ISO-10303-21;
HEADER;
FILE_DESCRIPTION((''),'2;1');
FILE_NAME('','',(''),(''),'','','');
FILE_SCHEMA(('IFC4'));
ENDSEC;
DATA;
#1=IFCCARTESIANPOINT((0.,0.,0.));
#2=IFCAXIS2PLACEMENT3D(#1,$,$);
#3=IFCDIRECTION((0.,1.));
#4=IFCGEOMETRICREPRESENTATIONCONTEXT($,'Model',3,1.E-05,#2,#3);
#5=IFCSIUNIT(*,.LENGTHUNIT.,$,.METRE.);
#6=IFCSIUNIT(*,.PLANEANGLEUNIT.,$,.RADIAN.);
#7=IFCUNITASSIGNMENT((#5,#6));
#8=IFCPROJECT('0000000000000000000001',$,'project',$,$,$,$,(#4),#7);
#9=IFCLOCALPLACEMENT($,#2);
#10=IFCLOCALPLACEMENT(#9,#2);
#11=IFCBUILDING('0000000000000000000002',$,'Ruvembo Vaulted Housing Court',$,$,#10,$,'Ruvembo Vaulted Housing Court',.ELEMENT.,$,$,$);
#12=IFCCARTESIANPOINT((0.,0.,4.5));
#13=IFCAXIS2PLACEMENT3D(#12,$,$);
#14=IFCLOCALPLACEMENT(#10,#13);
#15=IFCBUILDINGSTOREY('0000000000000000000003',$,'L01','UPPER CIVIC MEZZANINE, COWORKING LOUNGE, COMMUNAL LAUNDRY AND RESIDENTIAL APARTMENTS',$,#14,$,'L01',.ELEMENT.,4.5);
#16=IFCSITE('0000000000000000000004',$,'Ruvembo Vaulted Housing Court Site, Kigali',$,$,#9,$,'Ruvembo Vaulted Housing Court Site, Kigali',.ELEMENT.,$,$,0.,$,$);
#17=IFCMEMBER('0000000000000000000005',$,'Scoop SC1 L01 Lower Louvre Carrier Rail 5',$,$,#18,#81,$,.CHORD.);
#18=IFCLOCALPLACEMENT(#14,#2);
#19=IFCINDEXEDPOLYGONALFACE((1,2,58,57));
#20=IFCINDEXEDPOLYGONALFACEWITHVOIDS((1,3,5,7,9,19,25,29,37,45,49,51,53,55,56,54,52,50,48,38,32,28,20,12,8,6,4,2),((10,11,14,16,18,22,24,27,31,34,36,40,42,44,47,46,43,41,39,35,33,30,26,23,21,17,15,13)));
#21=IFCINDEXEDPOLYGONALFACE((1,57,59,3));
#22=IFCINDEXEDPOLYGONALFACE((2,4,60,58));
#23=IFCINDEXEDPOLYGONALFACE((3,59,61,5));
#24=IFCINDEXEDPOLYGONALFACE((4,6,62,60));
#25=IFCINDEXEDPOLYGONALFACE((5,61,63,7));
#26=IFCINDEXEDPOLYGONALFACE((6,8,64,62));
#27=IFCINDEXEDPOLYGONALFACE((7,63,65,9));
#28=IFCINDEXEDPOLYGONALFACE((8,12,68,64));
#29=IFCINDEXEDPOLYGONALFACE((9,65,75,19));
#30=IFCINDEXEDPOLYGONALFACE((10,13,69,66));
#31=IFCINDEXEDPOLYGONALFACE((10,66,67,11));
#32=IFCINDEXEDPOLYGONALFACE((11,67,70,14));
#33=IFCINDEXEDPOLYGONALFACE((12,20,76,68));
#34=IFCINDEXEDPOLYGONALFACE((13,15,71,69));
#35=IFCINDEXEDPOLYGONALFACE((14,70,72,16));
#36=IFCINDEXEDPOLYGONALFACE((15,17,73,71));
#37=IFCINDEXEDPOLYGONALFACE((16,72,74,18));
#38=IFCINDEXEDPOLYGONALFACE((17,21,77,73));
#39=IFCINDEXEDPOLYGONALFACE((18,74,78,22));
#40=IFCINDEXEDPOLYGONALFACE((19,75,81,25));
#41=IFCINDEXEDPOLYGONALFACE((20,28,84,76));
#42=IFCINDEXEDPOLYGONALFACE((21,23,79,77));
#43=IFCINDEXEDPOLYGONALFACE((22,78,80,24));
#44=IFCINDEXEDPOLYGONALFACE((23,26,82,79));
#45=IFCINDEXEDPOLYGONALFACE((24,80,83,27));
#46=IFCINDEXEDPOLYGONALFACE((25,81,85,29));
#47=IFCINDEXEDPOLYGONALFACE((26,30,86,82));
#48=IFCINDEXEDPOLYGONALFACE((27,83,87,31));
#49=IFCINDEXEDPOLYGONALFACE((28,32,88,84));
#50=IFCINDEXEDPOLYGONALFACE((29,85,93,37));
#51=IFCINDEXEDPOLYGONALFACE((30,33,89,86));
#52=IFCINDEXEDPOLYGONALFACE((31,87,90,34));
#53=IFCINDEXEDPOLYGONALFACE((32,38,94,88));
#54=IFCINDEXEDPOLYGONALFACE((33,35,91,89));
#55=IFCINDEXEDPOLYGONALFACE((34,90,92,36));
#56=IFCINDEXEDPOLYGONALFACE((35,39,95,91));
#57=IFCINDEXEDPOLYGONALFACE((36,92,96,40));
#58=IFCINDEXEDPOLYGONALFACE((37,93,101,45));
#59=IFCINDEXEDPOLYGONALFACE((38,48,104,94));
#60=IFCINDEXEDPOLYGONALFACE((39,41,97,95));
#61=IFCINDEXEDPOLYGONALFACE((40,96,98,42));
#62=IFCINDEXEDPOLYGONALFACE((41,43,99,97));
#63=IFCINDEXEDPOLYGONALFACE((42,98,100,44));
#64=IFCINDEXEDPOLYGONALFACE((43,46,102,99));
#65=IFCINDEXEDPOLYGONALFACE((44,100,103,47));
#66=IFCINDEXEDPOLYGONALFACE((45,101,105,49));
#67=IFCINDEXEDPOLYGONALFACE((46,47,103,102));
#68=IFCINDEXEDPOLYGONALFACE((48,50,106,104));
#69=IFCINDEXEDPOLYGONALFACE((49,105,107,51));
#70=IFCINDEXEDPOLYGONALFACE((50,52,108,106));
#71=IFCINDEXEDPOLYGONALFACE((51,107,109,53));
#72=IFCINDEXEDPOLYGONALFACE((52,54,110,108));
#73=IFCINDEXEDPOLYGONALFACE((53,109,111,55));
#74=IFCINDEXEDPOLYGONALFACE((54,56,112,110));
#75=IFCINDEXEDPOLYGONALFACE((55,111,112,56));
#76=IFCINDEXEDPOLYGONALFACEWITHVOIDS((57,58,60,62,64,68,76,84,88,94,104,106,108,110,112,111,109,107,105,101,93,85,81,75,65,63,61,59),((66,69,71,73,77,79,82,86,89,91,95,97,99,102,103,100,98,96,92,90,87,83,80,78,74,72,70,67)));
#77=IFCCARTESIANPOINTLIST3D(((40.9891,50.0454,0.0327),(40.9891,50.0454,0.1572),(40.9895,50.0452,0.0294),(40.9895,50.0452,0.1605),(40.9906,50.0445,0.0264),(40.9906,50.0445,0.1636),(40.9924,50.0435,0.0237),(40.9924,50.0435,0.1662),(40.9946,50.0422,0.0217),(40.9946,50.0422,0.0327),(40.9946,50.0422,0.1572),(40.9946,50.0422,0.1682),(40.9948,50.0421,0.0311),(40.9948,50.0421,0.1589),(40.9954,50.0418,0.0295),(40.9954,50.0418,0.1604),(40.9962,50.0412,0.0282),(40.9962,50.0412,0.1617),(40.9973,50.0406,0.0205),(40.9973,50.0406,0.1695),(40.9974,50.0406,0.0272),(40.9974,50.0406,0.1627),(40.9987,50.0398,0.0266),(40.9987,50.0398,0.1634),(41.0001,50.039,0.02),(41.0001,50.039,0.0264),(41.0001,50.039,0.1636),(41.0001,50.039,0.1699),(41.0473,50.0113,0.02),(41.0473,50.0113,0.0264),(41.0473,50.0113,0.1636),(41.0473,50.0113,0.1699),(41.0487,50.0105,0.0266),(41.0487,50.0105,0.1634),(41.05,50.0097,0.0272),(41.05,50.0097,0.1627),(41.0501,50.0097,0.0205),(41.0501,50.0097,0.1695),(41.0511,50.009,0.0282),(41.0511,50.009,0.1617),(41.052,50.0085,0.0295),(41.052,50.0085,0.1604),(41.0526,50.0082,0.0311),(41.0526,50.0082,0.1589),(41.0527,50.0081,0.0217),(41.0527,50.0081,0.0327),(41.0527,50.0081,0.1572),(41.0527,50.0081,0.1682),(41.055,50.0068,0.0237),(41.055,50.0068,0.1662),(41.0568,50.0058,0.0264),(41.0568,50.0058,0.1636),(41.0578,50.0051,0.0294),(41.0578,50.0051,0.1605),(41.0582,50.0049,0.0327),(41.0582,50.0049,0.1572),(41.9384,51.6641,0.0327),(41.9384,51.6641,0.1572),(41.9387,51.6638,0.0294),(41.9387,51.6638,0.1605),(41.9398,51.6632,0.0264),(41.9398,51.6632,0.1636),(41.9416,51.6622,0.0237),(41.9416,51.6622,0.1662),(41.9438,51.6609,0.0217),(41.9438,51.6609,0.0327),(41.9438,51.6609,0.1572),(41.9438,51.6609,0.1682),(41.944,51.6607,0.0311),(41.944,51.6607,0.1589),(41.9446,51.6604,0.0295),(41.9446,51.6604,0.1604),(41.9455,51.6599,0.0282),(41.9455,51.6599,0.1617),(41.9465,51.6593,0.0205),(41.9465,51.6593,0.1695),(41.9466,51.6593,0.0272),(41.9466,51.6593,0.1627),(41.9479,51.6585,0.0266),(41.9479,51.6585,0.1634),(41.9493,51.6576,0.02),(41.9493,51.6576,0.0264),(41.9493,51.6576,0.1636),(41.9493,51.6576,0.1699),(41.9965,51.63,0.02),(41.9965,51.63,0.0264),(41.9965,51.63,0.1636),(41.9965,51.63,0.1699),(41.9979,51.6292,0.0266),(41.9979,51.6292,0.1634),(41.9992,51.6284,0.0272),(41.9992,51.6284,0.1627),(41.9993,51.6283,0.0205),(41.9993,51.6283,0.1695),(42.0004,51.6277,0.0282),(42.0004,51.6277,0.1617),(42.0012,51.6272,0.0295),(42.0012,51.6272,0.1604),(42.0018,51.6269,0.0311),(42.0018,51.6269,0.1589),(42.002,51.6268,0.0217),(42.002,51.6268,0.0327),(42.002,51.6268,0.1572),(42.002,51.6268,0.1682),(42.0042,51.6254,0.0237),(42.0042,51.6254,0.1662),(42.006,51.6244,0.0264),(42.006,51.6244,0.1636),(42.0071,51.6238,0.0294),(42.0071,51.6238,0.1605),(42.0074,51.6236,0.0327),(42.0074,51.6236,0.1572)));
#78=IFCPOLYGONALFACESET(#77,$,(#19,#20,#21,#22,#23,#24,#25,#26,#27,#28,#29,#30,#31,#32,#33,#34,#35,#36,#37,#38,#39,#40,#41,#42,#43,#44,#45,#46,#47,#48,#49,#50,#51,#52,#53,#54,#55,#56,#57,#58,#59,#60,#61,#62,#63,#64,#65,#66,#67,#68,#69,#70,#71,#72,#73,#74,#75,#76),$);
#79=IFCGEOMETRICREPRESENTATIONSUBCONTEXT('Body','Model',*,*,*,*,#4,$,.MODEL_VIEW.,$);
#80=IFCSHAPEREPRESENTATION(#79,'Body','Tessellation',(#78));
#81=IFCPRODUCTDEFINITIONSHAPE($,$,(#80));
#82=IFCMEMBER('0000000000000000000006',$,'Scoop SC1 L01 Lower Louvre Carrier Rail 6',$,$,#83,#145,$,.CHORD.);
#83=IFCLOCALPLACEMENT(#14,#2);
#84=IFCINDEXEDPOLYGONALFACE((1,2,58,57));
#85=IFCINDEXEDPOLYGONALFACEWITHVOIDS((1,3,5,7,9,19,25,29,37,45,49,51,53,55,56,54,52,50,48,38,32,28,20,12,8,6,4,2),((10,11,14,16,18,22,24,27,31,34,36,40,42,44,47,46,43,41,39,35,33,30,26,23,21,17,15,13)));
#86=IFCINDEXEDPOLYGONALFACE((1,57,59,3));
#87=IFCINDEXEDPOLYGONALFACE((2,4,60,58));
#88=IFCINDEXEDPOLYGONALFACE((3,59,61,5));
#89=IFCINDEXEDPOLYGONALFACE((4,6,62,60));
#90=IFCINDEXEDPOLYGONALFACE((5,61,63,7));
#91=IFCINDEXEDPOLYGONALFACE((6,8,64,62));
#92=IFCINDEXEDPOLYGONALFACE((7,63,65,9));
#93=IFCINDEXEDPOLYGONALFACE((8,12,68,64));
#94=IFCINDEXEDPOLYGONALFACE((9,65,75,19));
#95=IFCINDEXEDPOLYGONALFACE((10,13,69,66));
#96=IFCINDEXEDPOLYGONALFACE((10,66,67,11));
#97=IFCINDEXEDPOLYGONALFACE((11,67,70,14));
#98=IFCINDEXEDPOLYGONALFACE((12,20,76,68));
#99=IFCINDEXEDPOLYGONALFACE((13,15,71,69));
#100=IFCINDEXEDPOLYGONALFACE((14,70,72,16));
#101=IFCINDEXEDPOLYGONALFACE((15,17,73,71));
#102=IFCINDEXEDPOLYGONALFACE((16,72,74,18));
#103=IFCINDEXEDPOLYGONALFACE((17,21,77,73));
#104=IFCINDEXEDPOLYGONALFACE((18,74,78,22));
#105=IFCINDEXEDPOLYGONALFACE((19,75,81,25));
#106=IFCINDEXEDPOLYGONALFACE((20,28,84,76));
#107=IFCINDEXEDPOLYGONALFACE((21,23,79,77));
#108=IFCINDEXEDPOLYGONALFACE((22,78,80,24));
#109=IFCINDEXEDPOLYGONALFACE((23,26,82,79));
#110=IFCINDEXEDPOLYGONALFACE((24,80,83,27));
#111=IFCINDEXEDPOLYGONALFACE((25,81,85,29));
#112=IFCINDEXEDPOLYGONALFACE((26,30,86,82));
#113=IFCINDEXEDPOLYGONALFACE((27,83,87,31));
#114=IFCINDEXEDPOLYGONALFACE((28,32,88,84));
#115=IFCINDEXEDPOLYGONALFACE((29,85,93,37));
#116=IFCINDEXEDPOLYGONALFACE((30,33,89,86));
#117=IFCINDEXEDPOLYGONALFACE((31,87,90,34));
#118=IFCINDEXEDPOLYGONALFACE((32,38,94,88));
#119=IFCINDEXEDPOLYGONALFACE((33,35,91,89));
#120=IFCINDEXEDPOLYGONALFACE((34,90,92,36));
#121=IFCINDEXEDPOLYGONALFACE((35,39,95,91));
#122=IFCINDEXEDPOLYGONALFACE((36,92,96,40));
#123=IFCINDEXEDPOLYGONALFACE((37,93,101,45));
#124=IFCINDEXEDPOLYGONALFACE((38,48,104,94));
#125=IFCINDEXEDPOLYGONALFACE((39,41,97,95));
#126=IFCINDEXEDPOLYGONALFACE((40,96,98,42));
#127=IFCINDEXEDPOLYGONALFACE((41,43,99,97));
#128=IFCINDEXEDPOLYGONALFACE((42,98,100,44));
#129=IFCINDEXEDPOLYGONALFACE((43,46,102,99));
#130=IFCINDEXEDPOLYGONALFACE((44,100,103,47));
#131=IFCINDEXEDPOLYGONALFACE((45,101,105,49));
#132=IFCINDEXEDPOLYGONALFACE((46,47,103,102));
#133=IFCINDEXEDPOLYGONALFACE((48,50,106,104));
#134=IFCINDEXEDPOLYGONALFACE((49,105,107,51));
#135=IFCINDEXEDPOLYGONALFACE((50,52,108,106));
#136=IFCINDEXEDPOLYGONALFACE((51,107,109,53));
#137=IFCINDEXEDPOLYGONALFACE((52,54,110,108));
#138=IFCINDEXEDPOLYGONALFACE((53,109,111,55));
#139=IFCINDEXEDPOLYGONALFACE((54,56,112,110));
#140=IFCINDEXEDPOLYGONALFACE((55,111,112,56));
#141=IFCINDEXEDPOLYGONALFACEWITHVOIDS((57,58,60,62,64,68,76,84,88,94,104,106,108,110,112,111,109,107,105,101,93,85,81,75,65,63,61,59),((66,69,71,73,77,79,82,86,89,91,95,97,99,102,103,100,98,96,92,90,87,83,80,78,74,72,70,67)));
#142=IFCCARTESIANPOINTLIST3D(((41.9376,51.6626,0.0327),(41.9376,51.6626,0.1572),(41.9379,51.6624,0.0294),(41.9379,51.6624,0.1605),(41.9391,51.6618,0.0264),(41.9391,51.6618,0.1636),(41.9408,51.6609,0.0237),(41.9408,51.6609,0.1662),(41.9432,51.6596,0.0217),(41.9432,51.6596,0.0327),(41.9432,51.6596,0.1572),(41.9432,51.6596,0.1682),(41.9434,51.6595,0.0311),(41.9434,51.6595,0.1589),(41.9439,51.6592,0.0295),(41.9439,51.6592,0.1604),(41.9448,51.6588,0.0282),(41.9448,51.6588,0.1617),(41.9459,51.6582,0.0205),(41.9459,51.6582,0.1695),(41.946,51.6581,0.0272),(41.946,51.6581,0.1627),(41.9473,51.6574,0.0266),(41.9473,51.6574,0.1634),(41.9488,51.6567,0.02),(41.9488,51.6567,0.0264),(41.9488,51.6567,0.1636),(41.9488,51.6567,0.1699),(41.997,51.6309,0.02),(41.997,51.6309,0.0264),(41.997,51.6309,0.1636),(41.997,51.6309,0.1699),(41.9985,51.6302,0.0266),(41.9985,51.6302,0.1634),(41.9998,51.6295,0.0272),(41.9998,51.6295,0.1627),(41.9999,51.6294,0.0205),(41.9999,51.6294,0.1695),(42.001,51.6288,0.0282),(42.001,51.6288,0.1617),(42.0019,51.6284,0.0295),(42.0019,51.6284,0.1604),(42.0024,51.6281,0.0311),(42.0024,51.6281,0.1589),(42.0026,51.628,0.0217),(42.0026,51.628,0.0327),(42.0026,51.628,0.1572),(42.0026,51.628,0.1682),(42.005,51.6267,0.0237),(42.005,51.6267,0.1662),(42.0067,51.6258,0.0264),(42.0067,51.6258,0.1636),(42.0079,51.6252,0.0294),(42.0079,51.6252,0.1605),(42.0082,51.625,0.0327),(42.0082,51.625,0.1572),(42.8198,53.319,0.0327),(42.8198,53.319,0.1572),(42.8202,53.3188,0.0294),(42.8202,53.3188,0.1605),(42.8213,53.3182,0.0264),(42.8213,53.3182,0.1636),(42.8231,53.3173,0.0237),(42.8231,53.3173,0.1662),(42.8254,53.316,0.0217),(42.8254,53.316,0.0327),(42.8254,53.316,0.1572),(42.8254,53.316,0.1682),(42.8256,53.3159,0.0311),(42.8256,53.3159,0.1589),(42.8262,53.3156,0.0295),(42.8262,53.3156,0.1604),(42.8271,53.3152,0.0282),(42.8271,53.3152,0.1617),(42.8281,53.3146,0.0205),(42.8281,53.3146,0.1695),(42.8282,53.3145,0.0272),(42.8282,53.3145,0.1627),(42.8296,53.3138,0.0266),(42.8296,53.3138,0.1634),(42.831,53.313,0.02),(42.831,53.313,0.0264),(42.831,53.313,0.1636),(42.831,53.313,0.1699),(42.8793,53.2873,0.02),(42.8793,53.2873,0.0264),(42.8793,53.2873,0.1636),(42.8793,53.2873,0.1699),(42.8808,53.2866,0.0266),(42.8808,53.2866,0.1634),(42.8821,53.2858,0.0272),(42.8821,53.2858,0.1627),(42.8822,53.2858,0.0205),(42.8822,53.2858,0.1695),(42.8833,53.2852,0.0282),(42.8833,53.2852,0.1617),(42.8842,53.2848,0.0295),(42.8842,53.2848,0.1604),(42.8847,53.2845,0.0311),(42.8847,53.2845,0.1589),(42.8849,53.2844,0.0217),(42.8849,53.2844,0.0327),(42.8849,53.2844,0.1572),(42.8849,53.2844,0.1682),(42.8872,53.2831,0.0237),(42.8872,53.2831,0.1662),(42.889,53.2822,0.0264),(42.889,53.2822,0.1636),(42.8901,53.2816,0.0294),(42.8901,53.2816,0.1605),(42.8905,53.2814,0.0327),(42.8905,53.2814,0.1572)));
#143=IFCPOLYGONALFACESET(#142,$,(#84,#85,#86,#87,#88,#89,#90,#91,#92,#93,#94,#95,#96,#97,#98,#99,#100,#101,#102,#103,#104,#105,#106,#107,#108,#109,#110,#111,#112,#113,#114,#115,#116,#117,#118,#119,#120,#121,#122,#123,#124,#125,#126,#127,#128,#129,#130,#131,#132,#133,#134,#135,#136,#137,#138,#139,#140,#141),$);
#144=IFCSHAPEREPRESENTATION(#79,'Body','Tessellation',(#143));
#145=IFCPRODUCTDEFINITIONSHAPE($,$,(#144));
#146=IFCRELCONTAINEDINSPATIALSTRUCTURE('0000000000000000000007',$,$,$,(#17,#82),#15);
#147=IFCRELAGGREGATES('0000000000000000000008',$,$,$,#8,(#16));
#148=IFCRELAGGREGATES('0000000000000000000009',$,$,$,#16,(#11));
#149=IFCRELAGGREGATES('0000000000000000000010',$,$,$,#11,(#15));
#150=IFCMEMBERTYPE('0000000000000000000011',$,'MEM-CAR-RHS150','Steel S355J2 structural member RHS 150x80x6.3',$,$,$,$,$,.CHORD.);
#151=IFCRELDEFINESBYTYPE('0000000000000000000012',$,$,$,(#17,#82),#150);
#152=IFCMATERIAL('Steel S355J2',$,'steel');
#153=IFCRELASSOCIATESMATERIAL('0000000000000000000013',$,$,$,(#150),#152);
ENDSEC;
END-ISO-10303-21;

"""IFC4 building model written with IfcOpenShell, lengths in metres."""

from ifc_helpers import new_model, si_unit, direction, frame, origin, origin_2d, place, context, subcontext, project, spatial, hollow_rectangle, extrude, material, material_profile, profile_set, type_object, element, save


model = new_model("IFC4")

# Units and contexts
model_context = context("Model", 3, precision=1e-05, world=origin(), true_north=direction((0.0, 1.0)))
body_context = subcontext(model_context, "Body", "Model", "MODEL_VIEW")
ifc_project = project(units=[si_unit("LENGTHUNIT", "METRE"), si_unit("PLANEANGLEUNIT", "RADIAN")], contexts=[model_context])

# Site, building, storey
site_placement = place(None, origin())
site = spatial("IfcSite", under=ifc_project, at=site_placement, Name="Ruvembo Vaulted Housing Court Site, Kigali", LongName="Ruvembo Vaulted Housing Court Site, Kigali", CompositionType="ELEMENT", RefElevation=0.0)
building_placement = place(site_placement, origin())
building = spatial("IfcBuilding", under=site, at=building_placement, Name="Ruvembo Vaulted Housing Court", LongName="Ruvembo Vaulted Housing Court", CompositionType="ELEMENT")
storey_placement = place(building_placement, frame((0.0, 0.0, 4.5)))
storey = spatial("IfcBuildingStorey", under=building, at=storey_placement, Name="L01", Description="UPPER CIVIC MEZZANINE, COWORKING LOUNGE, COMMUNAL LAUNDRY AND RESIDENTIAL APARTMENTS", LongName="L01", CompositionType="ELEMENT", Elevation=4.5)

# Shared definitions
ifc_material_1 = material(Name="Steel S355J2", Category="steel")

# Members
ifc_material_profile_1 = material_profile(ifc_material_1, hollow_rectangle(XDim=0.0801, YDim=0.1499, WallThickness=0.0063, InnerFilletRadius=0.0063, OuterFilletRadius=0.0127, at=origin_2d()), Name="RHS 150x80x6.3")
ifc_profile_set_1 = profile_set([ifc_material_profile_1], Name="Steel S355J2")
member_type_1 = type_object("IfcMemberType", Name="MEM-CAR-RHS150", Description="Steel S355J2 structural member RHS 150x80x6.3", PredefinedType="CHORD", material=ifc_profile_set_1)
member_1_placement = place(storey_placement, frame((41.0237, 50.0251, 0.095), z_axis=(0.50586, 0.862616, 0.0), x_axis=(-0.862616, 0.50586, 0.0)))
element("IfcMember", 1, at=member_1_placement, inside=storey, type_object=member_type_1, Name="Scoop SC1 L01 Lower Louvre Carrier Rail 5", PredefinedType="CHORD", context=body_context, shape_type="SweptSolid", body=[
    extrude(hollow_rectangle(XDim=0.0801, YDim=0.1499, WallThickness=0.0063, InnerFilletRadius=0.0063, OuterFilletRadius=0.0127, at=origin_2d()), origin(), (0.0, 0.0, 1.0), 1.8765),
])
member_2_placement = place(storey_placement, frame((41.9729, 51.6438, 0.095), z_axis=(0.470116, 0.882605, 0.0), x_axis=(-0.882605, 0.470116, 0.0)))
element("IfcMember", 2, at=member_2_placement, inside=storey, type_object=member_type_1, Name="Scoop SC1 L01 Lower Louvre Carrier Rail 6", PredefinedType="CHORD", context=body_context, shape_type="SweptSolid", body=[
    extrude(hollow_rectangle(XDim=0.0801, YDim=0.1499, WallThickness=0.0063, InnerFilletRadius=0.0063, OuterFilletRadius=0.0127, at=origin_2d()), origin(), (0.0, 0.0, 1.0), 1.8767),
])

save(model, "model.ifc")
